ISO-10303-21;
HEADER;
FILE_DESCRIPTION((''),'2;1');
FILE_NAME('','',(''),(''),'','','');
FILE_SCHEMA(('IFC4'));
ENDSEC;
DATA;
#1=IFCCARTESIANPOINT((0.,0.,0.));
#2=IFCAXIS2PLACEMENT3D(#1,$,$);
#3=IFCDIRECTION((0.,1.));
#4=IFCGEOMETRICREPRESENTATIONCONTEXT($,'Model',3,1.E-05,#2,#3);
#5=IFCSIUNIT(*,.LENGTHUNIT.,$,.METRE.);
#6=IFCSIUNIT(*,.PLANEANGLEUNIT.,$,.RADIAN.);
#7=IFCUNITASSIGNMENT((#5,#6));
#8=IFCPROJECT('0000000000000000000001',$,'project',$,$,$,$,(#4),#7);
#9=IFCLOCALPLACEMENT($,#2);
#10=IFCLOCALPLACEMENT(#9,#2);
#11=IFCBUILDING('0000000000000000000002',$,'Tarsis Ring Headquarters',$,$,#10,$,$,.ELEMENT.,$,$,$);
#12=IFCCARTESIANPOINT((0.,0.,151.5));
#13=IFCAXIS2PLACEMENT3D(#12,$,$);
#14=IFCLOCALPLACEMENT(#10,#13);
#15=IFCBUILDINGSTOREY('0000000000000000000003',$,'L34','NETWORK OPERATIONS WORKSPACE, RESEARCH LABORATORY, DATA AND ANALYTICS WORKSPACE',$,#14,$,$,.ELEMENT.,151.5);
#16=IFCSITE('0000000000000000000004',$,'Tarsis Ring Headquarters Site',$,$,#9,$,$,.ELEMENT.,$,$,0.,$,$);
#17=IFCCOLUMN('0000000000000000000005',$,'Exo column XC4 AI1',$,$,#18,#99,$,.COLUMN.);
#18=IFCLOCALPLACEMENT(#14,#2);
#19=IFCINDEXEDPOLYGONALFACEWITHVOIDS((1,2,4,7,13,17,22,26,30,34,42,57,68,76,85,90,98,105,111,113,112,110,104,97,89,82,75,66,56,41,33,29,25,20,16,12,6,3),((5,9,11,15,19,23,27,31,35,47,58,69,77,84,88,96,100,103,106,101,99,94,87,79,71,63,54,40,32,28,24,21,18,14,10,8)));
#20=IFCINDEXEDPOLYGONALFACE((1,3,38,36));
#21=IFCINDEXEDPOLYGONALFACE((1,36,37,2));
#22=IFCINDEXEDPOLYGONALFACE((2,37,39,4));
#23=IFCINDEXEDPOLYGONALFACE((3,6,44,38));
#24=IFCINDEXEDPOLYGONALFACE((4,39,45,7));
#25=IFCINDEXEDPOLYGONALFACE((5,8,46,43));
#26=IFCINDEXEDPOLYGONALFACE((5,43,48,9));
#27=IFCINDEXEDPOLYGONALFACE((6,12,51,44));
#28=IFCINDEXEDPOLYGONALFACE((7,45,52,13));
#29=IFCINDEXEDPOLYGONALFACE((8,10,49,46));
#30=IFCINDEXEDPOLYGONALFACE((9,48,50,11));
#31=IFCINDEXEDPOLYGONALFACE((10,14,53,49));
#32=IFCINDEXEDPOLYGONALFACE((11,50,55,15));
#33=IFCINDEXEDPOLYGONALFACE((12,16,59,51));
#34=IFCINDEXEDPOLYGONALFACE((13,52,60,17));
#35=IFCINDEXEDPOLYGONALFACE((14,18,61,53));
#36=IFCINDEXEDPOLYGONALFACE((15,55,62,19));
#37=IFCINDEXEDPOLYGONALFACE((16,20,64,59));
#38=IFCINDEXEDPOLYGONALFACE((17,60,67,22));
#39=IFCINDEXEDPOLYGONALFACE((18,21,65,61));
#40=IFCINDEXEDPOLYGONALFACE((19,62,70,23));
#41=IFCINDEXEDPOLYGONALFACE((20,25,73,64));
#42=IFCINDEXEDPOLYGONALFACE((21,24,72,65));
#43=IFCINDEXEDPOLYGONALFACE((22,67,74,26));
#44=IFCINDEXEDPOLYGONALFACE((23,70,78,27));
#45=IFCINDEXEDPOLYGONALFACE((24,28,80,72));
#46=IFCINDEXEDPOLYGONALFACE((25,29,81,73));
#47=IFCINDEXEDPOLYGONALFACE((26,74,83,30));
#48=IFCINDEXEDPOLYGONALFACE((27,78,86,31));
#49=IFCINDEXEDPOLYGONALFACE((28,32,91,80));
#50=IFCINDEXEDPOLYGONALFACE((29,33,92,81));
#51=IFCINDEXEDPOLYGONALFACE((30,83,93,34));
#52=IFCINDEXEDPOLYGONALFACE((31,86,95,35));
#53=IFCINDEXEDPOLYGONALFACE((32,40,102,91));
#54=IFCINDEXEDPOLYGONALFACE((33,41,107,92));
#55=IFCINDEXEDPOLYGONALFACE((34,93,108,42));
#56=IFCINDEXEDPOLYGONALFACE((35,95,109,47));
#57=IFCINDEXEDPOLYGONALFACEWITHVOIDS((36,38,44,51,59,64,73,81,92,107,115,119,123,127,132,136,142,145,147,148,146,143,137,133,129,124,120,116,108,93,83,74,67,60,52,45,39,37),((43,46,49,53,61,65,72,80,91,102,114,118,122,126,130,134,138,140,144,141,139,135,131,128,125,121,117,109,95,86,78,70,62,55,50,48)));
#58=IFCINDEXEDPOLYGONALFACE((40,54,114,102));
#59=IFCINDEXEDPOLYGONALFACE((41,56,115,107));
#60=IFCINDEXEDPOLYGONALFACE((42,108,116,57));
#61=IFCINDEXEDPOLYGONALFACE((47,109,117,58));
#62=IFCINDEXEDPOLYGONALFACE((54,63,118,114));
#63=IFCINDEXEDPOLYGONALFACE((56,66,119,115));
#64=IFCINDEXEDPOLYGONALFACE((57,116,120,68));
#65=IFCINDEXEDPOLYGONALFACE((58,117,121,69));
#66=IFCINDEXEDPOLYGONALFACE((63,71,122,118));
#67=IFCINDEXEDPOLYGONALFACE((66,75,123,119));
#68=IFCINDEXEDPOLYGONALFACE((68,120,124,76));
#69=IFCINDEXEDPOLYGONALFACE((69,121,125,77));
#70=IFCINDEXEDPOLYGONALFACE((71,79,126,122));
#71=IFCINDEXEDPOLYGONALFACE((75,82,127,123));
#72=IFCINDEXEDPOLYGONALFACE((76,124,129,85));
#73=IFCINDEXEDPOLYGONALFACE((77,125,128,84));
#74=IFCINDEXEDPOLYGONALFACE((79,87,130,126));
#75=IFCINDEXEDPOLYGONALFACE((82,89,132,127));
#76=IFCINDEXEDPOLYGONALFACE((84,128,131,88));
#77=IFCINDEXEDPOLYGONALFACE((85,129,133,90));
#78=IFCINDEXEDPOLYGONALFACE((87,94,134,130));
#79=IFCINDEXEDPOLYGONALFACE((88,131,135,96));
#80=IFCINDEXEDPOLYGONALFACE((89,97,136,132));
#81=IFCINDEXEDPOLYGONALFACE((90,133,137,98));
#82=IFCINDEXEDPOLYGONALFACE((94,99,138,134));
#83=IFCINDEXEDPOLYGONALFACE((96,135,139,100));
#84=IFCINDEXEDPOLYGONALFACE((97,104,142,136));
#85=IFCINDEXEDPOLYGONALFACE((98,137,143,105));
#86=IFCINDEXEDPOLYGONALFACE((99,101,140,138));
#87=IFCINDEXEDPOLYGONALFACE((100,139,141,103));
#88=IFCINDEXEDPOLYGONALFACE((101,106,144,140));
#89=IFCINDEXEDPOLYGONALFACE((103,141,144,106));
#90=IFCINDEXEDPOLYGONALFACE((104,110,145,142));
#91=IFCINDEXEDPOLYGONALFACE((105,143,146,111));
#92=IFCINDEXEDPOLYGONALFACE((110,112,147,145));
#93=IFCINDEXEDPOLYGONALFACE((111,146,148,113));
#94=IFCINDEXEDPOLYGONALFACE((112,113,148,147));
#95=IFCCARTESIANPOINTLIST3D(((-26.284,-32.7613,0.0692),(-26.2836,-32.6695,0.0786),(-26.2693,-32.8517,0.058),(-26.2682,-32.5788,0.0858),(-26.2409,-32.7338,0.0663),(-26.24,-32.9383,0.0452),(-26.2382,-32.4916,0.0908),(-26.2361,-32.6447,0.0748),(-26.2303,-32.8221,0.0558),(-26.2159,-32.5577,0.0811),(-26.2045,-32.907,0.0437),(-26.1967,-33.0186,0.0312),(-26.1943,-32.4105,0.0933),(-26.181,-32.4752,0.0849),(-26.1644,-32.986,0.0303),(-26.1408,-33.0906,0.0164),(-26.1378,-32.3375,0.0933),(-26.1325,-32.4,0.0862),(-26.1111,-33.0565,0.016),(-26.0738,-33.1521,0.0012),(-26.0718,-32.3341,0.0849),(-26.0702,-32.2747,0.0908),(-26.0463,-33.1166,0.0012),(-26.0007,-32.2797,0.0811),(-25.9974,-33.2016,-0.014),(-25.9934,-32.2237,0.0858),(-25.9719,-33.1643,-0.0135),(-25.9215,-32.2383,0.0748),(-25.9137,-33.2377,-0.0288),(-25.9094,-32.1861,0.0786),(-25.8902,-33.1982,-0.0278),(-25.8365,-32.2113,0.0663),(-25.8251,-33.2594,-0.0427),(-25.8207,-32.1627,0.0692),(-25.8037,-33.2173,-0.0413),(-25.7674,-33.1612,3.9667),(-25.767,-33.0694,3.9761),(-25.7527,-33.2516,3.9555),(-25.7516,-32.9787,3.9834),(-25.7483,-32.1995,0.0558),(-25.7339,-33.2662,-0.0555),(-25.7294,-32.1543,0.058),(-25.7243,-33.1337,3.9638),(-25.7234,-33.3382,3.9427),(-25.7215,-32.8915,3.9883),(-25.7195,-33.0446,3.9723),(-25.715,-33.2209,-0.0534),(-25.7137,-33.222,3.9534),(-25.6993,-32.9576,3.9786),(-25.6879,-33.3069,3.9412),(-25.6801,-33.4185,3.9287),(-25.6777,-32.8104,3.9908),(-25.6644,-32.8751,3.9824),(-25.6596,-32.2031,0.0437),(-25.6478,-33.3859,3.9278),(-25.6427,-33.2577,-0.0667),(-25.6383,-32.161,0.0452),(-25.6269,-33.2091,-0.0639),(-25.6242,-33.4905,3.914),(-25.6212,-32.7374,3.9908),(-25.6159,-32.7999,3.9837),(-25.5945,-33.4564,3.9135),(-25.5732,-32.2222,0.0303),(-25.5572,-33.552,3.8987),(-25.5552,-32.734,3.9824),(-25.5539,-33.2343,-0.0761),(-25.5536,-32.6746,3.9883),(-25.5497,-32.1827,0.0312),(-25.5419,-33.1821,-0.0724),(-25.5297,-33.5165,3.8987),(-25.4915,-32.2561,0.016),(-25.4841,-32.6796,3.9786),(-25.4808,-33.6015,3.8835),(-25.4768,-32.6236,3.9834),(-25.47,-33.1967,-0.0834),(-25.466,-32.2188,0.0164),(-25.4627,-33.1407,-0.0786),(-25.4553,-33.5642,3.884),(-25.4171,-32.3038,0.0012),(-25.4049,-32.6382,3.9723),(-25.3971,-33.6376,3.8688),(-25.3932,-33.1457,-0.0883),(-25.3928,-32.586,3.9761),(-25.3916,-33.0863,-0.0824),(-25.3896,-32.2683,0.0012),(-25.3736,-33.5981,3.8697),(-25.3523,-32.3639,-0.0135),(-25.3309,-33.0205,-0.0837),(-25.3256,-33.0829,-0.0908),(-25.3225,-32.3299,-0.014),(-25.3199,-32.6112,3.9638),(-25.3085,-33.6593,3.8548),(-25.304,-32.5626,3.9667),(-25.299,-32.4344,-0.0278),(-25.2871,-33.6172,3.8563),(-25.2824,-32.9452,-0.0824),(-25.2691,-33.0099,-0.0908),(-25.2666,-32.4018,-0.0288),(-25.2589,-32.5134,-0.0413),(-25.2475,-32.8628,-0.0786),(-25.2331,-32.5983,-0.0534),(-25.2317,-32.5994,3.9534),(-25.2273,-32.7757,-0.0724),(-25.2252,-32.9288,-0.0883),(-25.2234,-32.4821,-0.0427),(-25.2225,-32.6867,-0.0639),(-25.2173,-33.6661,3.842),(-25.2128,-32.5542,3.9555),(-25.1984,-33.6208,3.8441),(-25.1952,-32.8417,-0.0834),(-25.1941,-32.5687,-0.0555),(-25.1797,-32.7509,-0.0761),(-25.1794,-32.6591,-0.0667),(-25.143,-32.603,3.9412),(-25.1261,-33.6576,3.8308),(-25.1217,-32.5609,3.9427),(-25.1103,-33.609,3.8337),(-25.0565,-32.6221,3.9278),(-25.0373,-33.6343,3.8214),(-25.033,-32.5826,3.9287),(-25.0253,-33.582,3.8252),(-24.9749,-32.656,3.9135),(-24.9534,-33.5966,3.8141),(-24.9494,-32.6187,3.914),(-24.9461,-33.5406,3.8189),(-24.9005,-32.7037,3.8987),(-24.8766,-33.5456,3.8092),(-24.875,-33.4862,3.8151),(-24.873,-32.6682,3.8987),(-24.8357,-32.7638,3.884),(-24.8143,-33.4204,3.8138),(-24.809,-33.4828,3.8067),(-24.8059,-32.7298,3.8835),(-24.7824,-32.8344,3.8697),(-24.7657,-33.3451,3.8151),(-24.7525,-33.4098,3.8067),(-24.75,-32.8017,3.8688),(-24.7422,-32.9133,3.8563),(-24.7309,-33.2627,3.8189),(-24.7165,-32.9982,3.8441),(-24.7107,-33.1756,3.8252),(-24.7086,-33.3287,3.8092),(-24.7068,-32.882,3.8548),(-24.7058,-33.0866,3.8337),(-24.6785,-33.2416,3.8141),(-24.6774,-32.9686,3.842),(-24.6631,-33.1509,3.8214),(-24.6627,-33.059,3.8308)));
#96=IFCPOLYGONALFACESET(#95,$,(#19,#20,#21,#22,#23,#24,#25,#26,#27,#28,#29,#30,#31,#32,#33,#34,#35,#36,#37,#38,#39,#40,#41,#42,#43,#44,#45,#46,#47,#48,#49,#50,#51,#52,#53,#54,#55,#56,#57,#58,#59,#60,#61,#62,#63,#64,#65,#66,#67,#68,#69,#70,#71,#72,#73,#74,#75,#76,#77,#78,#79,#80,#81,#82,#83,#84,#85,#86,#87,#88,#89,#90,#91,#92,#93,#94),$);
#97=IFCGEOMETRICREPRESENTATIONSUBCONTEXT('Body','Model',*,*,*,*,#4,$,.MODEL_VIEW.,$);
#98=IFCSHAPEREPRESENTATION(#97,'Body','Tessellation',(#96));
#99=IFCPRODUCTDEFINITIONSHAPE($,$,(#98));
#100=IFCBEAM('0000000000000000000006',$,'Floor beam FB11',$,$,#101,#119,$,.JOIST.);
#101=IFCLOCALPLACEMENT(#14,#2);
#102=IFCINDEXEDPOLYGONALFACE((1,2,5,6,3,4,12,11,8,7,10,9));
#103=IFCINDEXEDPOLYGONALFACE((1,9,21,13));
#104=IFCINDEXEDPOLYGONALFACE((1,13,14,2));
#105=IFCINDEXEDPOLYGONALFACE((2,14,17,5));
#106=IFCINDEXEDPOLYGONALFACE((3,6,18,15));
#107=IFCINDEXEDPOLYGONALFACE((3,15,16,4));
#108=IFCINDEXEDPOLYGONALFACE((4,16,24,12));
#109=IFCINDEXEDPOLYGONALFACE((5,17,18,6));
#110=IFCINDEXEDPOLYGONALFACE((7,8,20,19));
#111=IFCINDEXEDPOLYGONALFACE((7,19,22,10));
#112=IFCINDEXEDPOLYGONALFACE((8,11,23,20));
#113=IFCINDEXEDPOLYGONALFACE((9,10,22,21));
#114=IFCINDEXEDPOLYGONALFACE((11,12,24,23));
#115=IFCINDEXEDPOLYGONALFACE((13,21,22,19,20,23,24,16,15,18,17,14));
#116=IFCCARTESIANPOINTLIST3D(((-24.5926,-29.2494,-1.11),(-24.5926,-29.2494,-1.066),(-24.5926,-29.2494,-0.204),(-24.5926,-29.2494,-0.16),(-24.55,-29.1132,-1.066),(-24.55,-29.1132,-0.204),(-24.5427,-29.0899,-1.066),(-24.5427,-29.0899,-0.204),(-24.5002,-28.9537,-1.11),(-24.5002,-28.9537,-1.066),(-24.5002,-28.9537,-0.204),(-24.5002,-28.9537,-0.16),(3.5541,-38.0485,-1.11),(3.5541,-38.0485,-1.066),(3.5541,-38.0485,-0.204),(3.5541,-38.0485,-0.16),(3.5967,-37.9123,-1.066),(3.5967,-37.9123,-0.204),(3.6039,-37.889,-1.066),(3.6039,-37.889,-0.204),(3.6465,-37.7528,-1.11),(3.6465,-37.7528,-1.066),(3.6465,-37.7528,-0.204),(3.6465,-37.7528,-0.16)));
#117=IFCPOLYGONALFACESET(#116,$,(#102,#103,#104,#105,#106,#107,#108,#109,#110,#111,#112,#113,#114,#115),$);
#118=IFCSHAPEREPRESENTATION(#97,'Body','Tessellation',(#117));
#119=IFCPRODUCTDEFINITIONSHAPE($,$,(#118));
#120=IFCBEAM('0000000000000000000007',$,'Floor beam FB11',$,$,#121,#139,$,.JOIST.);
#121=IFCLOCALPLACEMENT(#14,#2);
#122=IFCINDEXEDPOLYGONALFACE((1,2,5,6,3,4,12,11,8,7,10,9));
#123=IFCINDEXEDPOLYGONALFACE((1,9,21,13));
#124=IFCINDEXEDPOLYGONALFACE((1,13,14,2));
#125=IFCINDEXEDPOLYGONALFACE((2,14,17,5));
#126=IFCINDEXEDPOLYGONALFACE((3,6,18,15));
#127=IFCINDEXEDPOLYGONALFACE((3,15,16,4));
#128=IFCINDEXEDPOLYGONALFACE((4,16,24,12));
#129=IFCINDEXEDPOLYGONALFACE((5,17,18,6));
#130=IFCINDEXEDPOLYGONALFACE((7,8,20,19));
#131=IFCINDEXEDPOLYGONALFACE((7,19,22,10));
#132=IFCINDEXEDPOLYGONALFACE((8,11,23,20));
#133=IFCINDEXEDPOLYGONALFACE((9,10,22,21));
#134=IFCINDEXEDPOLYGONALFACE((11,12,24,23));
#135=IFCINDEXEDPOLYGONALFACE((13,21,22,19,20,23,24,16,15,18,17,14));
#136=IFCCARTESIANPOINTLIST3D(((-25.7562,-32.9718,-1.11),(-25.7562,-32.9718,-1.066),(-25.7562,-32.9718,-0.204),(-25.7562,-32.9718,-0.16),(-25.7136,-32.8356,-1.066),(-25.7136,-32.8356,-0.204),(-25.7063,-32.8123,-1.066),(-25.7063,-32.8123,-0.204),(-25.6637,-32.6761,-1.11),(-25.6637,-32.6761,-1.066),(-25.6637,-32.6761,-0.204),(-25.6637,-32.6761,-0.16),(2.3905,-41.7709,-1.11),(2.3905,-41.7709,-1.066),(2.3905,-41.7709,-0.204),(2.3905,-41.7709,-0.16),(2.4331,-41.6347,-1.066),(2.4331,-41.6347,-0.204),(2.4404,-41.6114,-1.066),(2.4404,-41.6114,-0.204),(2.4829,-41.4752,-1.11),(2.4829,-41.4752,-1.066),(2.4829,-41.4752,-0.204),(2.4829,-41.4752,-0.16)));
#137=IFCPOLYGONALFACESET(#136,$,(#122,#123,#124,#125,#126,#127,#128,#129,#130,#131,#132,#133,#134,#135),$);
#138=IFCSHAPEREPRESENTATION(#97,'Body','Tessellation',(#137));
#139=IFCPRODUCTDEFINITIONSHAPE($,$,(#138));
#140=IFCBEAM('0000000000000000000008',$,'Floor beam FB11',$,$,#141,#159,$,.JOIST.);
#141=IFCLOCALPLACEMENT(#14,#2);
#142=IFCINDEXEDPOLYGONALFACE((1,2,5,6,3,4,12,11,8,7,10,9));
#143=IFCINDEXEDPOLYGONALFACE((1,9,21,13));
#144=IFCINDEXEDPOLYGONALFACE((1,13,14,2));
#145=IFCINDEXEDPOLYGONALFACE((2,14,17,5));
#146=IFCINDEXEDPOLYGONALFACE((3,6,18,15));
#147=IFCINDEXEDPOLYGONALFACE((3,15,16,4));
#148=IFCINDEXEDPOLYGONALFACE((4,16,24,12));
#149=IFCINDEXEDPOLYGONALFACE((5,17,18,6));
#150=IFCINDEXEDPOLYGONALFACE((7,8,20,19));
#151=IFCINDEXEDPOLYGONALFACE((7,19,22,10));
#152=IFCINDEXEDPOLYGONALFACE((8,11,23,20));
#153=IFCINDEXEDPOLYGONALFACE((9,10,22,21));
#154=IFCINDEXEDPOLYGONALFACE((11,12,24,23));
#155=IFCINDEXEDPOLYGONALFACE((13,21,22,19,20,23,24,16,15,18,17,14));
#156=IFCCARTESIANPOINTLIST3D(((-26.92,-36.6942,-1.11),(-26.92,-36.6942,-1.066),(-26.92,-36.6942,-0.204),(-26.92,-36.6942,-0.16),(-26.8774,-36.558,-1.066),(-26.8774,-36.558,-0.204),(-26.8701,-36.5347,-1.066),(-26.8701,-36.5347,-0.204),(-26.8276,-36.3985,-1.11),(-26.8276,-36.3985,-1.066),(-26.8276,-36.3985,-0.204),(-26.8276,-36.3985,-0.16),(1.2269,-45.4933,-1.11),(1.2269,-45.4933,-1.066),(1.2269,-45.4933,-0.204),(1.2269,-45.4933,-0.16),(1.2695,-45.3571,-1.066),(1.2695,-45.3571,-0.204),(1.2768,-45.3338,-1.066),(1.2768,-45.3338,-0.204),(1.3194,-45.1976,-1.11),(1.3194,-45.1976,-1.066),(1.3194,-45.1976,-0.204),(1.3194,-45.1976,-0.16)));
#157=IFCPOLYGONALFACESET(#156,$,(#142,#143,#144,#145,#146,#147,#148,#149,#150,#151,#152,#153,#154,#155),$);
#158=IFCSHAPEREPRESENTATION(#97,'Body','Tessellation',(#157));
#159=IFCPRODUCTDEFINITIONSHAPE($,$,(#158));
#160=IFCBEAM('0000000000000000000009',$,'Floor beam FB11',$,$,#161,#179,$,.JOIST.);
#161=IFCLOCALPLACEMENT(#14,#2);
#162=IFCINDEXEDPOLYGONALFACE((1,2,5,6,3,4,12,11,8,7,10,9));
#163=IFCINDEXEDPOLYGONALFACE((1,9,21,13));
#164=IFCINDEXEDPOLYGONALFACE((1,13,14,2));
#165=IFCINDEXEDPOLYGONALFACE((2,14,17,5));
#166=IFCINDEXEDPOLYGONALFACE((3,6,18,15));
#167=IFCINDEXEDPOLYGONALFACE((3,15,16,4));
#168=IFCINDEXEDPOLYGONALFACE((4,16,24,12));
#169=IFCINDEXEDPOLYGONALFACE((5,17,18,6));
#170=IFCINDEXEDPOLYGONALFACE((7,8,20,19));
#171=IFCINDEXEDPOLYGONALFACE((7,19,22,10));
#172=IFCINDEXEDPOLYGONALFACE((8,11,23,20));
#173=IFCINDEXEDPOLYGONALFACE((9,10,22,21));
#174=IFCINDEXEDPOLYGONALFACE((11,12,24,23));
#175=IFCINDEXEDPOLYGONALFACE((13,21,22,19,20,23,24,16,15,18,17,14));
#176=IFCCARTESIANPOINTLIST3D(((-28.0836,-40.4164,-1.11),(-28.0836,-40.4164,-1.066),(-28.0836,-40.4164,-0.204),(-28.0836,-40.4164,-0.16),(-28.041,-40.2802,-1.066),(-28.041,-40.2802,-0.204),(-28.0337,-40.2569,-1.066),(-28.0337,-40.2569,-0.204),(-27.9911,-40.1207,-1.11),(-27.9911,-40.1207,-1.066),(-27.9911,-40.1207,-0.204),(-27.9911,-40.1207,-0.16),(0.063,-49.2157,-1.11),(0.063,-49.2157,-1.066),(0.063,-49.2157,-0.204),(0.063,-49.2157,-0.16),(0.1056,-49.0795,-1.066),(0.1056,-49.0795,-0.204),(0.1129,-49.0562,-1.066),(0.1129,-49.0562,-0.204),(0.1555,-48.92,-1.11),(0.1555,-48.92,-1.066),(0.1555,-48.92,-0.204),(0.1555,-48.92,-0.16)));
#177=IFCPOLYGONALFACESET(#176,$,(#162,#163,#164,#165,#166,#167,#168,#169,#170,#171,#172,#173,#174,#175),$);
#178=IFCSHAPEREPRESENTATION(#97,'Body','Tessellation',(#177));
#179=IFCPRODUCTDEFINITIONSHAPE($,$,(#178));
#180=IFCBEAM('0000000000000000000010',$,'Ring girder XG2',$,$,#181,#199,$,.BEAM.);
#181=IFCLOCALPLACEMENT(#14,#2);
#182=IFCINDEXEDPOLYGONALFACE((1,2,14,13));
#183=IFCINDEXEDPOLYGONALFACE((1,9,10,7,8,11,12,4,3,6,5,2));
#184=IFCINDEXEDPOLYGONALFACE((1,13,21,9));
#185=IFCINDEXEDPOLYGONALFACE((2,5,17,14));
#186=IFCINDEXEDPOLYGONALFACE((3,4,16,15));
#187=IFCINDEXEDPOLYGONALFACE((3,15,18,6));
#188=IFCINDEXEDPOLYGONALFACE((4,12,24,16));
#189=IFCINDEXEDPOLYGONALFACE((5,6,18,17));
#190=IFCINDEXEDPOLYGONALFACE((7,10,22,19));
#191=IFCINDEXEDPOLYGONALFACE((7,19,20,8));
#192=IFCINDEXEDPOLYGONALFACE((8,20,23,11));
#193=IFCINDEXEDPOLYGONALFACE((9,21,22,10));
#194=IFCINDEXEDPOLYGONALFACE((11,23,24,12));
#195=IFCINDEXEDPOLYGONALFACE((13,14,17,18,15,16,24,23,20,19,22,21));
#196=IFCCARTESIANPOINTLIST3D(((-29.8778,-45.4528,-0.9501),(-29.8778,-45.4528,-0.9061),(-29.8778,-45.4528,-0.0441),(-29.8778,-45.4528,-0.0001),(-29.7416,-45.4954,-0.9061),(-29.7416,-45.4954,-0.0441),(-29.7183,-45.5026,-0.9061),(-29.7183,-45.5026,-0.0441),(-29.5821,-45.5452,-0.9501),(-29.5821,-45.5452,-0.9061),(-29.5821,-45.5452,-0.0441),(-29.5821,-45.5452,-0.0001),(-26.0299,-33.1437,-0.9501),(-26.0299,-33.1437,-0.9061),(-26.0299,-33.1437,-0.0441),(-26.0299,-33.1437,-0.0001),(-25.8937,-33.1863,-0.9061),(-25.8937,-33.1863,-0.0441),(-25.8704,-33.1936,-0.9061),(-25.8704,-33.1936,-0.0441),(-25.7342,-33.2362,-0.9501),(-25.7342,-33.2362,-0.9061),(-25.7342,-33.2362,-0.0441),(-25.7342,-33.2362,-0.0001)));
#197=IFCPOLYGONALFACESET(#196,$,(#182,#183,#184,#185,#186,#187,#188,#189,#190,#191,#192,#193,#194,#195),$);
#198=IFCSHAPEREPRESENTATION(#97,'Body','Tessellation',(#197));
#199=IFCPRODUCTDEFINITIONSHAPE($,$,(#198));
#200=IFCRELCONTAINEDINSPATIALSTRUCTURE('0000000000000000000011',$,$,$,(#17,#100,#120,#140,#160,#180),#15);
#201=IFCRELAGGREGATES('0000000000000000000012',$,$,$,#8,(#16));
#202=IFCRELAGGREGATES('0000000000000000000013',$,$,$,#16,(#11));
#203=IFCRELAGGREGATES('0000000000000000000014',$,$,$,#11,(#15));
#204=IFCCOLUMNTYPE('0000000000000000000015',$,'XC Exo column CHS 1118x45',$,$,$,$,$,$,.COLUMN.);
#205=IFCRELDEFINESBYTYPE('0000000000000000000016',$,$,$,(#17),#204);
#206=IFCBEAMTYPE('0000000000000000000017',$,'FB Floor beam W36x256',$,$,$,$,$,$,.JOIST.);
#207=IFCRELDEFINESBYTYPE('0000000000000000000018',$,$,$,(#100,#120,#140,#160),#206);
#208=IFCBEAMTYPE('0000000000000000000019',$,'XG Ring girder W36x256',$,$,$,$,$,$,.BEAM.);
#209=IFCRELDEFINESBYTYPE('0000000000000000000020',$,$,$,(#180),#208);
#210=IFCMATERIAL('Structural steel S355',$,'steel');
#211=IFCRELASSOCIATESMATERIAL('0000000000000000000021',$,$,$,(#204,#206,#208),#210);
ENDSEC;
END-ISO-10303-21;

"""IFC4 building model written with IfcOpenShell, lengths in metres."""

from ifc_helpers import new_model, si_unit, direction, frame, origin, origin_2d, place, context, subcontext, project, spatial, hollow_circle, i_section, extrude, material, material_profile, profile_set, type_object, element, save


model = new_model("IFC4")

# Units and contexts
model_context = context("Model", 3, precision=1e-05, world=origin(), true_north=direction((0.0, 1.0)))
body_context = subcontext(model_context, "Body", "Model", "MODEL_VIEW")
ifc_project = project(units=[si_unit("LENGTHUNIT", "METRE"), si_unit("PLANEANGLEUNIT", "RADIAN")], contexts=[model_context])

# Site, building, storey
site_placement = place(None, origin())
site = spatial("IfcSite", under=ifc_project, at=site_placement, Name="Tarsis Ring Headquarters Site", CompositionType="ELEMENT", RefElevation=0.0)
building_placement = place(site_placement, origin())
building = spatial("IfcBuilding", under=site, at=building_placement, Name="Tarsis Ring Headquarters", CompositionType="ELEMENT")
storey_placement = place(building_placement, frame((0.0, 0.0, 151.5)))
storey = spatial("IfcBuildingStorey", under=building, at=storey_placement, Name="L34", Description="NETWORK OPERATIONS WORKSPACE, RESEARCH LABORATORY, DATA AND ANALYTICS WORKSPACE", CompositionType="ELEMENT", Elevation=151.5)

# Column
ifc_material_1 = material(Name="Structural steel S355", Category="steel")
ifc_material_profile_1 = material_profile(ifc_material_1, hollow_circle(Radius=0.5588, WallThickness=0.0449, at=origin_2d()), Name="CHS 1118x45")
ifc_profile_set_1 = profile_set([ifc_material_profile_1], Name="Structural steel S355")
column_type = type_object("IfcColumnType", Name="XC Exo column CHS 1118x45", PredefinedType="COLUMN", material=ifc_profile_set_1)
column_placement = place(storey_placement, frame((-25.7317, -32.7102, 0.0012), z_axis=(0.130724, -0.101194, 0.986241), x_axis=(0.612128, 0.790759, 0.0)))
element("IfcColumn", 1, at=column_placement, inside=storey, type_object=column_type, Name="Exo column XC4 AI1", PredefinedType="COLUMN", context=body_context, shape_type="SweptSolid", body=[
    extrude(hollow_circle(Radius=0.5588, WallThickness=0.0449, at=origin_2d()), origin(), (0.0, 0.0, 1.0), 3.9519),
])

# Beams
ifc_material_profile_2 = material_profile(ifc_material_1, i_section(OverallWidth=0.3098, OverallDepth=0.95, WebThickness=0.0244, FlangeThickness=0.0439, at=origin_2d()), Name="W36x256")
ifc_profile_set_2 = profile_set([ifc_material_profile_2], Name="Structural steel S355")
beam_type_1 = type_object("IfcBeamType", Name="FB Floor beam W36x256", PredefinedType="JOIST", material=ifc_profile_set_2)
for number, where, z_axis, x_axis, name in (
    (2, (-24.5464, -29.1016, -0.635), (0.954449, -0.298374, 0.0), (0.298374, 0.954449, 0.0), "Floor beam FB11"),
    (3, (-25.71, -32.824, -0.635), (0.954449, -0.298374, 0.0), (0.298374, 0.954449, 0.0), "Floor beam FB11"),
):
    element("IfcBeam", number, at=place(storey_placement, frame(where, z_axis=z_axis, x_axis=x_axis)), inside=storey, type_object=beam_type_1, Name=name, PredefinedType="JOIST", context=body_context, shape_type="SweptSolid", body=[
        extrude(i_section(OverallWidth=0.3098, OverallDepth=0.95, WebThickness=0.0244, FlangeThickness=0.0439, at=origin_2d()), origin(), (0.0, 0.0, 1.0), 29.49),
    ])
beam_1_placement = place(storey_placement, frame((-26.8738, -36.5464, -0.635), z_axis=(0.95445, -0.298372, 0.0), x_axis=(0.298372, 0.95445, 0.0)))
element("IfcBeam", 4, at=beam_1_placement, inside=storey, type_object=beam_type_1, Name="Floor beam FB11", PredefinedType="JOIST", context=body_context, shape_type="SweptSolid", body=[
    extrude(i_section(OverallWidth=0.3098, OverallDepth=0.95, WebThickness=0.0244, FlangeThickness=0.0439, at=origin_2d()), origin(), (0.0, 0.0, 1.0), 29.4902),
])
beam_2_placement = place(storey_placement, frame((-28.0374, -40.2686, -0.635), z_axis=(0.954447, -0.298382, 0.0), x_axis=(0.298382, 0.954447, 0.0)))
element("IfcBeam", 5, at=beam_2_placement, inside=storey, type_object=beam_type_1, Name="Floor beam FB11", PredefinedType="JOIST", context=body_context, shape_type="SweptSolid", body=[
    extrude(i_section(OverallWidth=0.3098, OverallDepth=0.95, WebThickness=0.0244, FlangeThickness=0.0439, at=origin_2d()), origin(), (0.0, 0.0, 1.0), 29.49),
])
beam_type_2 = type_object("IfcBeamType", Name="XG Ring girder W36x256", PredefinedType="BEAM", material=ifc_profile_set_2)
beam_3_placement = place(storey_placement, frame((-25.8821, -33.1899, -0.4751), z_axis=(-0.298368, -0.954451, 0.0), x_axis=(0.954451, -0.298368, 0.0)))
element("IfcBeam", 6, at=beam_3_placement, inside=storey, type_object=beam_type_2, Name="Ring girder XG2", PredefinedType="BEAM", context=body_context, shape_type="SweptSolid", body=[
    extrude(i_section(OverallWidth=0.3098, OverallDepth=0.95, WebThickness=0.0244, FlangeThickness=0.0439, at=origin_2d()), origin(), (0.0, 0.0, 1.0), 12.8965),
])

save(model, "model.ifc")
